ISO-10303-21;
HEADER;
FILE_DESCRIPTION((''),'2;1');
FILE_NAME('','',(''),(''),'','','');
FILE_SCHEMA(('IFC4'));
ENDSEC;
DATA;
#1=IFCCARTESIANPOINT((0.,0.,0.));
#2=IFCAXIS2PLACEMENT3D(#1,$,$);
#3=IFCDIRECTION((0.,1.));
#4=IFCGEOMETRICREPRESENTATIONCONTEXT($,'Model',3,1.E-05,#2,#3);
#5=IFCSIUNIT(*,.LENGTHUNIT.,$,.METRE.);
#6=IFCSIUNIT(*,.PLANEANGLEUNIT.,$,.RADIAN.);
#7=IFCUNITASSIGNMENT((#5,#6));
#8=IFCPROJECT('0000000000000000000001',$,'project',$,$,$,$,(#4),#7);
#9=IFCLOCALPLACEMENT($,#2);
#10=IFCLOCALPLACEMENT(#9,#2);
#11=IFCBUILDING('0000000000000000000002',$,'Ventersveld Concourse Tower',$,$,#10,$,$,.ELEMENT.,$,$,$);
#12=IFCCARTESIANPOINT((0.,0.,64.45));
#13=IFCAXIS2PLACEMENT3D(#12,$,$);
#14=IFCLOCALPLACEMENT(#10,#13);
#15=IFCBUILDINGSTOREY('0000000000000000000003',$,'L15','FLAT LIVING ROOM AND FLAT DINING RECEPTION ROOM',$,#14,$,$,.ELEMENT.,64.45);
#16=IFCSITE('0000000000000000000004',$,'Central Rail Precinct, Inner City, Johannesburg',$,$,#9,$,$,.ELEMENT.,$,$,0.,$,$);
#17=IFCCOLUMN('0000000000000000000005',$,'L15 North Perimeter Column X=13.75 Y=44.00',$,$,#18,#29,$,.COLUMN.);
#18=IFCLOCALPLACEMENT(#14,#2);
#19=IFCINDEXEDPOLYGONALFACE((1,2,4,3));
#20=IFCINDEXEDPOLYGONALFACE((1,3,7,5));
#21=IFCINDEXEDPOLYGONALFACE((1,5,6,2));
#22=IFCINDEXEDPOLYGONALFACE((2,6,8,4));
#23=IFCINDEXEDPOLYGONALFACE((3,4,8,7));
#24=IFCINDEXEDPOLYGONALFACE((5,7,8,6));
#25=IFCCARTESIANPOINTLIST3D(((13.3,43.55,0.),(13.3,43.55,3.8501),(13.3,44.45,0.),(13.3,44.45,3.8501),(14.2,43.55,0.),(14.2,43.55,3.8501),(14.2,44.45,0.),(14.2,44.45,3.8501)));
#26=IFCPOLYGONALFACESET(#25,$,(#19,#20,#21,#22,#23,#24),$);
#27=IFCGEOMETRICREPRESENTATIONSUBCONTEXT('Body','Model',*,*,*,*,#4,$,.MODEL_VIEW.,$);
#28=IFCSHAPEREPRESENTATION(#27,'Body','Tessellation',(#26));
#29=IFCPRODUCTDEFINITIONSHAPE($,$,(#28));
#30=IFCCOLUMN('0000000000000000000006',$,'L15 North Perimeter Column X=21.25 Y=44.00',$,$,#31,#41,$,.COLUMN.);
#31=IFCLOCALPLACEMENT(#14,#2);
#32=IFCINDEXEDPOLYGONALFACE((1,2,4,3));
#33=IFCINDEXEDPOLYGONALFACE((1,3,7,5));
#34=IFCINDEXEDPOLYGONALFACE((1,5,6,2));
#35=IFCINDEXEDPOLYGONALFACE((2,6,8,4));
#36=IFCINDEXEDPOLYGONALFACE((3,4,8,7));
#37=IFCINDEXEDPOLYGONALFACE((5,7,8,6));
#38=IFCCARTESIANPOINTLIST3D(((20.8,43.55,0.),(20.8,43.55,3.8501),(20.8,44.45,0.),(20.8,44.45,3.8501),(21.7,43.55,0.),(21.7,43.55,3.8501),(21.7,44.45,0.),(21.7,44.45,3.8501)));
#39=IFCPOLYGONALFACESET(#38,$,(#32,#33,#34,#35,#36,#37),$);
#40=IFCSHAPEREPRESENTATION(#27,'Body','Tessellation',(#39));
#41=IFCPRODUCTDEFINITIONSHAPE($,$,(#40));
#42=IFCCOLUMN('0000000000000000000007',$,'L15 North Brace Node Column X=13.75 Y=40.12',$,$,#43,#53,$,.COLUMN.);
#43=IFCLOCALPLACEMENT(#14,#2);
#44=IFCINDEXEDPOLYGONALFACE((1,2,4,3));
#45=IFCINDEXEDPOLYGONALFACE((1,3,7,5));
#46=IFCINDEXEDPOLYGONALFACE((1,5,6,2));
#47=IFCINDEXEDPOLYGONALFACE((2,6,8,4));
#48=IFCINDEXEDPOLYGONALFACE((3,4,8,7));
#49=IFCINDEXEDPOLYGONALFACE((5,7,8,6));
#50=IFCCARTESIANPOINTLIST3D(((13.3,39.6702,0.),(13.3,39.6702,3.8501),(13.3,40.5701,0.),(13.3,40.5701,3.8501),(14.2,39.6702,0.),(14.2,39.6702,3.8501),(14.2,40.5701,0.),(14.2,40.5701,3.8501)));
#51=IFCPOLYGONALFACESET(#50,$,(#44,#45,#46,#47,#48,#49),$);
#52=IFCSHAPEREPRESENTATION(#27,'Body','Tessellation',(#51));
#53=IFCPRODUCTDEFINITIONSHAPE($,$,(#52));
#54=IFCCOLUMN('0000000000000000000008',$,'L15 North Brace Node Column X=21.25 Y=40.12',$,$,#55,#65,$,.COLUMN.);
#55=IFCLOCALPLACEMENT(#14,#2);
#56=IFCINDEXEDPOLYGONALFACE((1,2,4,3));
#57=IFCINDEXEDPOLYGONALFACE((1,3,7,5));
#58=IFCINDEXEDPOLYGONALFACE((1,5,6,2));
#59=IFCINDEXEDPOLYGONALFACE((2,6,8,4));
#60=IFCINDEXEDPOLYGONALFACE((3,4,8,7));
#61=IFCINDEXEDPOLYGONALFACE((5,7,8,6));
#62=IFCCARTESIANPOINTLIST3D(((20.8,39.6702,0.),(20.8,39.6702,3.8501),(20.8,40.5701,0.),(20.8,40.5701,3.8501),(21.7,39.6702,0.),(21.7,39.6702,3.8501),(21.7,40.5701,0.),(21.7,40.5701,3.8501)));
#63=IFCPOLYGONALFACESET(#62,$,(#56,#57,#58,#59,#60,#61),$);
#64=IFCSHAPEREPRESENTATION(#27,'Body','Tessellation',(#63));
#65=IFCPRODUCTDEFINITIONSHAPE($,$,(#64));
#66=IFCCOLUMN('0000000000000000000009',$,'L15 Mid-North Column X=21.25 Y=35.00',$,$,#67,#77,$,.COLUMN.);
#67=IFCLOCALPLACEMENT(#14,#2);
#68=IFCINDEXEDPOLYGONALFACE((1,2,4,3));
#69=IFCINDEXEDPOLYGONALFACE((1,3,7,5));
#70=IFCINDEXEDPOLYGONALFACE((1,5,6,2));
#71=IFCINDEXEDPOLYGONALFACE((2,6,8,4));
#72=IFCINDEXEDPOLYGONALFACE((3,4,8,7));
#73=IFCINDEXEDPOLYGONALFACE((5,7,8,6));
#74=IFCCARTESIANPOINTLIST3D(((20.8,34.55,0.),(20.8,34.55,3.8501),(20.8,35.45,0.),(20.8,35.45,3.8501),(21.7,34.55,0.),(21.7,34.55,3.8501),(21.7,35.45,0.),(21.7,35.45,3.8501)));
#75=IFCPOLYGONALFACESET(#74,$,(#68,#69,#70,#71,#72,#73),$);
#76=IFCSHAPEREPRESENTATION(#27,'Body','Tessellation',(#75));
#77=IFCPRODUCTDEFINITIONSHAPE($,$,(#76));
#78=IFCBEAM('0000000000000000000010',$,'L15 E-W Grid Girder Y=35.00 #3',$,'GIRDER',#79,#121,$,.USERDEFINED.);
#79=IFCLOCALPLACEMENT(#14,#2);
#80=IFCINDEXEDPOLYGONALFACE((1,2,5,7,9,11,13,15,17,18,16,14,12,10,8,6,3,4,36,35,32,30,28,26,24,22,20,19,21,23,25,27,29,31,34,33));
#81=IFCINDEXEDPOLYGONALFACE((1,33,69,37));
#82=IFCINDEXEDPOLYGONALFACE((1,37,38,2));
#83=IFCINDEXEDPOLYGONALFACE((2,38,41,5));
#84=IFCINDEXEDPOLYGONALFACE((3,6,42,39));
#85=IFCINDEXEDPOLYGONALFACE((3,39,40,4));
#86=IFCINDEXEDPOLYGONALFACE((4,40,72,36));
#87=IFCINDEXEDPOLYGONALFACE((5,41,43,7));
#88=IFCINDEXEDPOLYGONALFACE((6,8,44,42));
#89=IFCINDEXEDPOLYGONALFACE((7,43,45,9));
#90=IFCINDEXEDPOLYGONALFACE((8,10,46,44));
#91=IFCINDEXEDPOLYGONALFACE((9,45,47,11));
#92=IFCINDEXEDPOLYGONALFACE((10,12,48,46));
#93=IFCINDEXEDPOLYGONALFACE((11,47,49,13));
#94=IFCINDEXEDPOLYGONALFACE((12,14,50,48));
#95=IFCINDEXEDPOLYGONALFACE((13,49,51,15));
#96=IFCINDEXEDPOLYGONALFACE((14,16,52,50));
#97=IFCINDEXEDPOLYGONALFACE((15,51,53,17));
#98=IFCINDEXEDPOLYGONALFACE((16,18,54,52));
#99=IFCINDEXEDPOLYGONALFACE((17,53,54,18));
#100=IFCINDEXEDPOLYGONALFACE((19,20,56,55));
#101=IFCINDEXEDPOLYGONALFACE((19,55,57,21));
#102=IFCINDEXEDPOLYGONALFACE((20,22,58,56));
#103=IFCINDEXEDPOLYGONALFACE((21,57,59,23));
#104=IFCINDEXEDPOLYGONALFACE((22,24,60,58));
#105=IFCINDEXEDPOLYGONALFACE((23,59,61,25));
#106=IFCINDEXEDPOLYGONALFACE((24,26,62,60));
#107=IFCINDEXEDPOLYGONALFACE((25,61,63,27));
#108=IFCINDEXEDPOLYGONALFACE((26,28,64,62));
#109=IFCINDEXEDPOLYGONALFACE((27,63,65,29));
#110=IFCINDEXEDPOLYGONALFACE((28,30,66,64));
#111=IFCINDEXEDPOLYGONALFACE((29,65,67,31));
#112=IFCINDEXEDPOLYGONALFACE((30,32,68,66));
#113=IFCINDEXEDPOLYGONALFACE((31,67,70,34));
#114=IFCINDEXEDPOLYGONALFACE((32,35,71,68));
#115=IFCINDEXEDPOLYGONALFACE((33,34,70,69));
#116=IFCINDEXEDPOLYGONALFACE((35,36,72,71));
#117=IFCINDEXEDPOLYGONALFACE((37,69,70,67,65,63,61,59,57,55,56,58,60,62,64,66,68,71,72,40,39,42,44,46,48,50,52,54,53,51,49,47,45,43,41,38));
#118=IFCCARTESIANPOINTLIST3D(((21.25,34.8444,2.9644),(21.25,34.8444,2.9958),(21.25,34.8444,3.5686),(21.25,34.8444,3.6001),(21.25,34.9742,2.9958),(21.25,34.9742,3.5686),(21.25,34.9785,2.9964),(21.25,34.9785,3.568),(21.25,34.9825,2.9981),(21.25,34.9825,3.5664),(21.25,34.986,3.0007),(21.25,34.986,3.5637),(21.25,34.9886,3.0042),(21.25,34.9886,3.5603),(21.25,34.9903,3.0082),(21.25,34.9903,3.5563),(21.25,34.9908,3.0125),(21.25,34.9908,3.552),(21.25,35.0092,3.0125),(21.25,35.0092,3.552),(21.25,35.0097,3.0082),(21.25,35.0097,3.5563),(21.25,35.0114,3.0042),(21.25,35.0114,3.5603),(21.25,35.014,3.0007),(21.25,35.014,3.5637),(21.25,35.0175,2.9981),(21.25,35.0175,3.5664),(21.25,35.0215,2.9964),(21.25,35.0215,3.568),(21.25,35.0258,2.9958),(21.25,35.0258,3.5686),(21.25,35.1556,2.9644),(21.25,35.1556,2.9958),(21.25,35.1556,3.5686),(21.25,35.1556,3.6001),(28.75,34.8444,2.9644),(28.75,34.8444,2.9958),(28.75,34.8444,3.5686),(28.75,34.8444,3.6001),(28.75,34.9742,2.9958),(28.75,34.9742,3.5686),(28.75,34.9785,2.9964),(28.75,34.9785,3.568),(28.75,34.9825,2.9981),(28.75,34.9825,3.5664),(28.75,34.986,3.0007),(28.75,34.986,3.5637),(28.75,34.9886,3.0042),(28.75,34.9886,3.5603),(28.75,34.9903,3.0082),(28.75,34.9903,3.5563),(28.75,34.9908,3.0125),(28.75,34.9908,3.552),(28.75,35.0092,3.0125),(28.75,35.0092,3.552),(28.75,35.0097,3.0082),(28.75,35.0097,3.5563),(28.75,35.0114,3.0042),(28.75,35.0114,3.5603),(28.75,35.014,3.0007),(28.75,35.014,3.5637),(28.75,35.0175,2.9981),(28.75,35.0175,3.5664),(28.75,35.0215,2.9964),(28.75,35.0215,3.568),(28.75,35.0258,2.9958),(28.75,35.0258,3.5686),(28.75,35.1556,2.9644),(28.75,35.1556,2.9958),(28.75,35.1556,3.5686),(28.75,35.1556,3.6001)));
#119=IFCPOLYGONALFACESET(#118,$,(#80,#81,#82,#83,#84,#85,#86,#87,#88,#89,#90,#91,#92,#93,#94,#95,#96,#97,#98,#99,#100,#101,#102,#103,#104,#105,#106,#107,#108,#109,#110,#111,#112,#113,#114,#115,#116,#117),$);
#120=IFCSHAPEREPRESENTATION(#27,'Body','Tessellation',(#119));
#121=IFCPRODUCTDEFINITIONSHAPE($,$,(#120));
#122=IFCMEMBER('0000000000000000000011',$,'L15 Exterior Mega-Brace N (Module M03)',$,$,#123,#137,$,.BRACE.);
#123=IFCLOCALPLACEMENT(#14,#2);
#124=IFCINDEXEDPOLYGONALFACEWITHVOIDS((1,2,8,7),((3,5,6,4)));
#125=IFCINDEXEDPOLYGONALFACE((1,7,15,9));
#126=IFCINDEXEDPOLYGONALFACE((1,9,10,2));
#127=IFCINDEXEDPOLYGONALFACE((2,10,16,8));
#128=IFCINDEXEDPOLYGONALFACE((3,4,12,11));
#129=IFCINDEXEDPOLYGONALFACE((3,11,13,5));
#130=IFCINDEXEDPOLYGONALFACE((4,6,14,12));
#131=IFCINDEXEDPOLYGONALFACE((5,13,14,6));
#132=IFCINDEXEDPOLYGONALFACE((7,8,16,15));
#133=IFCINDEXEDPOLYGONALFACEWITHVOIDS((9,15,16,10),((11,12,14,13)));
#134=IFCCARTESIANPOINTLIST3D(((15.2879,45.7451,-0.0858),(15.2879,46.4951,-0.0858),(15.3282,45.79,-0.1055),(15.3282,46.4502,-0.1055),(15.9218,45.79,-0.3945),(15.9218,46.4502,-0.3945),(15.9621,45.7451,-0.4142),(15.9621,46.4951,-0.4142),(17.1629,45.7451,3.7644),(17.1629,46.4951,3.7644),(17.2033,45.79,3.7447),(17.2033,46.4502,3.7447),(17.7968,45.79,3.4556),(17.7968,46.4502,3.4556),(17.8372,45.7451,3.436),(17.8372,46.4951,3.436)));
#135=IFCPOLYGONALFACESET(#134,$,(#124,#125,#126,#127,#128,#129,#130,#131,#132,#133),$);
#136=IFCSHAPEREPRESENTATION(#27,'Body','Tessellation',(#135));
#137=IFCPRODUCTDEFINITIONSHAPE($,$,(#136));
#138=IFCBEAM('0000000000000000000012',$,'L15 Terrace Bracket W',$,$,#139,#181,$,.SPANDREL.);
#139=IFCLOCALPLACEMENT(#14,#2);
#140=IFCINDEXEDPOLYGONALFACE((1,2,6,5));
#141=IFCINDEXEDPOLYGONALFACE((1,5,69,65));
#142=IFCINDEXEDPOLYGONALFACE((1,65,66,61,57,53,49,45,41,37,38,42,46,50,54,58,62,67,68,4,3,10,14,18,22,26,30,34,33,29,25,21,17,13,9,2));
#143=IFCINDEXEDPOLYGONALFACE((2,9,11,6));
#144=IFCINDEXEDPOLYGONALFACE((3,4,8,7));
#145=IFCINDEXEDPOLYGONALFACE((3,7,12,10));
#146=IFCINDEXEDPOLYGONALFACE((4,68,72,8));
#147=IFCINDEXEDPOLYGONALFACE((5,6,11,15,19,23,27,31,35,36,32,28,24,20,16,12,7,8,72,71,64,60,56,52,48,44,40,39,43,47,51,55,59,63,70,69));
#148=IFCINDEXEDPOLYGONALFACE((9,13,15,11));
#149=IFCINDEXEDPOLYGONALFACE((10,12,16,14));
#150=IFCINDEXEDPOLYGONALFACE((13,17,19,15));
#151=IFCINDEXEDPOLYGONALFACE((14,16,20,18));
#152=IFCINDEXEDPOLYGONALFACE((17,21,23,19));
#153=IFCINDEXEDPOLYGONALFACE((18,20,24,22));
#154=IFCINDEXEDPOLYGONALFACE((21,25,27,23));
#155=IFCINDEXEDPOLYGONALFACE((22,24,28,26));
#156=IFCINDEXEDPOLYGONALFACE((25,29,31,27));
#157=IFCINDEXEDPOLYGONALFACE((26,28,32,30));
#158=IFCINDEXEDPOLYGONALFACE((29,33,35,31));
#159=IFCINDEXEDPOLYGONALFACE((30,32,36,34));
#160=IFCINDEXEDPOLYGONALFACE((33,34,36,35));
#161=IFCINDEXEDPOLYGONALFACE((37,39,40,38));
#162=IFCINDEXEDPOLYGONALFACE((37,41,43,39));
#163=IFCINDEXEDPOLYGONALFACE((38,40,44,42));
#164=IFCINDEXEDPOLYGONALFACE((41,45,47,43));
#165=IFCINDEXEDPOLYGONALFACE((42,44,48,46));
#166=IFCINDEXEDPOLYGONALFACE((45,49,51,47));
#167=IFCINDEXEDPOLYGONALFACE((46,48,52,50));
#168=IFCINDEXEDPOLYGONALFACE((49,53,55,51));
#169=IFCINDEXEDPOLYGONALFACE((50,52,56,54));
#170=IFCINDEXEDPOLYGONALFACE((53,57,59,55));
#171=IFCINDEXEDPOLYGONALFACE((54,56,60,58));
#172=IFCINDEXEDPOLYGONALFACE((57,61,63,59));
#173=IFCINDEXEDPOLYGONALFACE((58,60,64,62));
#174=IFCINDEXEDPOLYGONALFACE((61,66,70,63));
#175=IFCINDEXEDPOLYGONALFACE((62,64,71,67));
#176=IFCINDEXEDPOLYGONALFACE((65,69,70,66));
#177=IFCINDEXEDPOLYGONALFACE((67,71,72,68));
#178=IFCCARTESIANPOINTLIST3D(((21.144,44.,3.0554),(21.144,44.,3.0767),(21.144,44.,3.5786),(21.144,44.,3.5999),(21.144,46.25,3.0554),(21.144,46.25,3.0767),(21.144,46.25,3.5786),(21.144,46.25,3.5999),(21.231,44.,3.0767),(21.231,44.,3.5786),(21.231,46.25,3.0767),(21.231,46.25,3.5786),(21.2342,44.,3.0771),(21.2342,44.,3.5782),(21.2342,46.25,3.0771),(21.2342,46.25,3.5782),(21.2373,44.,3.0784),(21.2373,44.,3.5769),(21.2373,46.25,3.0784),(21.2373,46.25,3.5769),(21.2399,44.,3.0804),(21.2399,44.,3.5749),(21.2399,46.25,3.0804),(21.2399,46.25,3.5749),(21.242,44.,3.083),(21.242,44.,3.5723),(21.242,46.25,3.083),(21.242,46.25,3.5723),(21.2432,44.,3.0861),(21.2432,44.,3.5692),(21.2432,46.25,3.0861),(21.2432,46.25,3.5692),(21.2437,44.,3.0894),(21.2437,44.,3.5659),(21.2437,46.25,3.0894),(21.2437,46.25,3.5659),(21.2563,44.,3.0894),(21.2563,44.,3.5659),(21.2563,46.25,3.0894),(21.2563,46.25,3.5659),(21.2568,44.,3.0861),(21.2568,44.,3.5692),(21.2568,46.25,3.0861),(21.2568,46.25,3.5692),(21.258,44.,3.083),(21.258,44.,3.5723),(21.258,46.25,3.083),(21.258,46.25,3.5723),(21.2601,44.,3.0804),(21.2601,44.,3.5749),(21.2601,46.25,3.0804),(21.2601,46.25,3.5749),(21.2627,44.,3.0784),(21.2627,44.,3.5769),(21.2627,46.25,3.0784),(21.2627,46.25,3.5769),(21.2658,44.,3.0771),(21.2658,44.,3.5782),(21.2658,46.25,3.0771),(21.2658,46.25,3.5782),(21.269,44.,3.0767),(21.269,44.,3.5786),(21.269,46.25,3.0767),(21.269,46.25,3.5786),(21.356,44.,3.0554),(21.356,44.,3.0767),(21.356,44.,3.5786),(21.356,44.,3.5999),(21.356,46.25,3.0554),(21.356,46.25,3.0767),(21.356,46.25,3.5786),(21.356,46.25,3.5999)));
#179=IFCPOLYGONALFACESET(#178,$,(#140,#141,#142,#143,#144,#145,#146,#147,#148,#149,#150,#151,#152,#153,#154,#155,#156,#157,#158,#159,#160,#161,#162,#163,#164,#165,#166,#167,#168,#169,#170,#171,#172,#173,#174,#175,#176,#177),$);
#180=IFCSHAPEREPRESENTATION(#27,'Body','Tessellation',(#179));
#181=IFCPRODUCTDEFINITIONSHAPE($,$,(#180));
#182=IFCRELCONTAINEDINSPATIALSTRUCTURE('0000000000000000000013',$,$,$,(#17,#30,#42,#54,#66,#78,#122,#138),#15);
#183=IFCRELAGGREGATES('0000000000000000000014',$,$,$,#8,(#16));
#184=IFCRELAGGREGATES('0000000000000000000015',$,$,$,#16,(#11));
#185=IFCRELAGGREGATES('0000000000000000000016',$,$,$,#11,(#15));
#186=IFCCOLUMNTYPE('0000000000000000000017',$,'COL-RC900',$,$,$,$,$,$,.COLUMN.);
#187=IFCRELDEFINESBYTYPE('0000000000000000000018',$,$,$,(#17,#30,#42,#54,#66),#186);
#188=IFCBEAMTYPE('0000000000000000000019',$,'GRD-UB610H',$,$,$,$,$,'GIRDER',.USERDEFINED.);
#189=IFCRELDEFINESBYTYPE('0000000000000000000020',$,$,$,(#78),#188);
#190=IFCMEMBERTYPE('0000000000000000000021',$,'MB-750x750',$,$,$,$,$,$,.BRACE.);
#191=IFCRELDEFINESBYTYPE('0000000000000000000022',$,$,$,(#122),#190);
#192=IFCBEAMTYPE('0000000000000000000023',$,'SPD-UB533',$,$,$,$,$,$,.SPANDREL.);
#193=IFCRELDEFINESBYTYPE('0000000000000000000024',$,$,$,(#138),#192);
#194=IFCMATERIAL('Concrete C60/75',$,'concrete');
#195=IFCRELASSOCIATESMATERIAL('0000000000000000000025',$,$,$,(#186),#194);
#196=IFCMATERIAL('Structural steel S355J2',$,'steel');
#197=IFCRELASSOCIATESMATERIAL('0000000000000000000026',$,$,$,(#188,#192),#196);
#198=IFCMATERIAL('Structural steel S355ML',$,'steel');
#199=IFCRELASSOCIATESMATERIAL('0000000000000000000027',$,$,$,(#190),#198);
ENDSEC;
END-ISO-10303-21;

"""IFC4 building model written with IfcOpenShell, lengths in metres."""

from ifc_helpers import new_model, si_unit, direction, frame, origin, origin_2d, place, context, subcontext, project, spatial, rectangle, hollow_rectangle, i_section, extrude, material, material_profile, profile_set, type_object, element, save


model = new_model("IFC4")

# Units and contexts
model_context = context("Model", 3, precision=1e-05, world=origin(), true_north=direction((0.0, 1.0)))
body_context = subcontext(model_context, "Body", "Model", "MODEL_VIEW")
ifc_project = project(units=[si_unit("LENGTHUNIT", "METRE"), si_unit("PLANEANGLEUNIT", "RADIAN")], contexts=[model_context])

# Site, building, storey
site_placement = place(None, origin())
site = spatial("IfcSite", under=ifc_project, at=site_placement, Name="Central Rail Precinct, Inner City, Johannesburg", CompositionType="ELEMENT", RefElevation=0.0)
building_placement = place(site_placement, origin())
building = spatial("IfcBuilding", under=site, at=building_placement, Name="Ventersveld Concourse Tower", CompositionType="ELEMENT")
storey_placement = place(building_placement, frame((0.0, 0.0, 64.45)))
storey = spatial("IfcBuildingStorey", under=building, at=storey_placement, Name="L15", Description="FLAT LIVING ROOM AND FLAT DINING RECEPTION ROOM", CompositionType="ELEMENT", Elevation=64.45)

# Columns
ifc_material_1 = material(Name="Concrete C60/75", Category="concrete")
ifc_material_profile_1 = material_profile(ifc_material_1, rectangle(XDim=0.8999, YDim=0.8999, at=origin_2d()), Name="RC 900x900")
ifc_profile_set_1 = profile_set([ifc_material_profile_1], Name="Concrete C60/75")
column_type = type_object("IfcColumnType", Name="COL-RC900", PredefinedType="COLUMN", material=ifc_profile_set_1)
for number, where, z_axis, x_axis, name in (
    (1, (13.75, 44.0, 0.0), (0.0, 0.0, 1.0), (1.0, 0.0, 0.0), "L15 North Perimeter Column X=13.75 Y=44.00"),
    (2, (21.25, 44.0, 0.0), (0.0, 0.0, 1.0), (1.0, 0.0, 0.0), "L15 North Perimeter Column X=21.25 Y=44.00"),
    (3, (13.75, 40.1201, 0.0), (0.0, 0.0, 1.0), (1.0, 0.0, 0.0), "L15 North Brace Node Column X=13.75 Y=40.12"),
    (4, (21.25, 40.1201, 0.0), (0.0, 0.0, 1.0), (1.0, 0.0, 0.0), "L15 North Brace Node Column X=21.25 Y=40.12"),
    (5, (21.25, 35.0, 0.0), (0.0, 0.0, 1.0), (1.0, 0.0, 0.0), "L15 Mid-North Column X=21.25 Y=35.00"),
):
    element("IfcColumn", number, at=place(storey_placement, frame(where, z_axis=z_axis, x_axis=x_axis)), inside=storey, type_object=column_type, Name=name, PredefinedType="COLUMN", context=body_context, shape_type="SweptSolid", body=[
        extrude(rectangle(XDim=0.8999, YDim=0.8999, at=origin_2d()), origin(), (0.0, 0.0, 1.0), 3.8501),
    ])

# Beam
ifc_material_2 = material(Name="Structural steel S355J2", Category="steel")
ifc_material_profile_2 = material_profile(ifc_material_2, i_section(OverallWidth=0.3113, OverallDepth=0.6357, WebThickness=0.0183, FlangeThickness=0.0315, FilletRadius=0.0166, at=origin_2d()), Name="UB 610x305x238")
ifc_profile_set_2 = profile_set([ifc_material_profile_2], Name="Structural steel S355J2")
beam_type_1 = type_object("IfcBeamType", Name="GRD-UB610H", ElementType="GIRDER", PredefinedType="USERDEFINED", material=ifc_profile_set_2)
beam_1_placement = place(storey_placement, frame((21.25, 35.0, 3.2822), z_axis=(1.0, 0.0, 0.0), x_axis=(0.0, 1.0, 0.0)))
element("IfcBeam", 6, at=beam_1_placement, inside=storey, type_object=beam_type_1, Name="L15 E-W Grid Girder Y=35.00 #3", ObjectType="GIRDER", PredefinedType="USERDEFINED", context=body_context, shape_type="SweptSolid", body=[
    extrude(i_section(OverallWidth=0.3113, OverallDepth=0.6357, WebThickness=0.0183, FlangeThickness=0.0315, FilletRadius=0.0166, at=origin_2d()), origin(), (0.0, 0.0, 1.0), 7.5),
])

# Member
ifc_material_3 = material(Name="Structural steel S355ML", Category="steel")
ifc_material_profile_3 = material_profile(ifc_material_3, hollow_rectangle(XDim=0.75, YDim=0.75, WallThickness=0.0449, at=origin_2d()), Name="BOX 750x750x45")
ifc_profile_set_3 = profile_set([ifc_material_profile_3], Name="Structural steel S355ML")
member_type = type_object("IfcMemberType", Name="MB-750x750", PredefinedType="BRACE", material=ifc_profile_set_3)
member_placement = place(storey_placement, frame((15.625, 46.1201, -0.25), z_axis=(0.437839, 0.0, 0.899053), x_axis=(0.0, 1.0, 0.0)))
element("IfcMember", 7, at=member_placement, inside=storey, type_object=member_type, Name="L15 Exterior Mega-Brace N (Module M03)", PredefinedType="BRACE", context=body_context, shape_type="SweptSolid", body=[
    extrude(hollow_rectangle(XDim=0.75, YDim=0.75, WallThickness=0.0449, at=origin_2d()), origin(), (0.0, 0.0, 1.0), 4.2825),
])

# Beam
ifc_material_profile_4 = material_profile(ifc_material_2, i_section(OverallWidth=0.2119, OverallDepth=0.5444, WebThickness=0.0127, FlangeThickness=0.0212, FilletRadius=0.0127, at=origin_2d()), Name="UB 533x210x122")
ifc_profile_set_4 = profile_set([ifc_material_profile_4], Name="Structural steel S355J2")
beam_type_2 = type_object("IfcBeamType", Name="SPD-UB533", PredefinedType="SPANDREL", material=ifc_profile_set_4)
beam_2_placement = place(storey_placement, frame((21.25, 44.0, 3.3276), z_axis=(0.0, 1.0, 0.0), x_axis=(-1.0, 0.0, 0.0)))
element("IfcBeam", 8, at=beam_2_placement, inside=storey, type_object=beam_type_2, Name="L15 Terrace Bracket W", PredefinedType="SPANDREL", context=body_context, shape_type="SweptSolid", body=[
    extrude(i_section(OverallWidth=0.2119, OverallDepth=0.5444, WebThickness=0.0127, FlangeThickness=0.0212, FilletRadius=0.0127, at=origin_2d()), origin(), (0.0, 0.0, 1.0), 2.25),
])

save(model, "model.ifc")
